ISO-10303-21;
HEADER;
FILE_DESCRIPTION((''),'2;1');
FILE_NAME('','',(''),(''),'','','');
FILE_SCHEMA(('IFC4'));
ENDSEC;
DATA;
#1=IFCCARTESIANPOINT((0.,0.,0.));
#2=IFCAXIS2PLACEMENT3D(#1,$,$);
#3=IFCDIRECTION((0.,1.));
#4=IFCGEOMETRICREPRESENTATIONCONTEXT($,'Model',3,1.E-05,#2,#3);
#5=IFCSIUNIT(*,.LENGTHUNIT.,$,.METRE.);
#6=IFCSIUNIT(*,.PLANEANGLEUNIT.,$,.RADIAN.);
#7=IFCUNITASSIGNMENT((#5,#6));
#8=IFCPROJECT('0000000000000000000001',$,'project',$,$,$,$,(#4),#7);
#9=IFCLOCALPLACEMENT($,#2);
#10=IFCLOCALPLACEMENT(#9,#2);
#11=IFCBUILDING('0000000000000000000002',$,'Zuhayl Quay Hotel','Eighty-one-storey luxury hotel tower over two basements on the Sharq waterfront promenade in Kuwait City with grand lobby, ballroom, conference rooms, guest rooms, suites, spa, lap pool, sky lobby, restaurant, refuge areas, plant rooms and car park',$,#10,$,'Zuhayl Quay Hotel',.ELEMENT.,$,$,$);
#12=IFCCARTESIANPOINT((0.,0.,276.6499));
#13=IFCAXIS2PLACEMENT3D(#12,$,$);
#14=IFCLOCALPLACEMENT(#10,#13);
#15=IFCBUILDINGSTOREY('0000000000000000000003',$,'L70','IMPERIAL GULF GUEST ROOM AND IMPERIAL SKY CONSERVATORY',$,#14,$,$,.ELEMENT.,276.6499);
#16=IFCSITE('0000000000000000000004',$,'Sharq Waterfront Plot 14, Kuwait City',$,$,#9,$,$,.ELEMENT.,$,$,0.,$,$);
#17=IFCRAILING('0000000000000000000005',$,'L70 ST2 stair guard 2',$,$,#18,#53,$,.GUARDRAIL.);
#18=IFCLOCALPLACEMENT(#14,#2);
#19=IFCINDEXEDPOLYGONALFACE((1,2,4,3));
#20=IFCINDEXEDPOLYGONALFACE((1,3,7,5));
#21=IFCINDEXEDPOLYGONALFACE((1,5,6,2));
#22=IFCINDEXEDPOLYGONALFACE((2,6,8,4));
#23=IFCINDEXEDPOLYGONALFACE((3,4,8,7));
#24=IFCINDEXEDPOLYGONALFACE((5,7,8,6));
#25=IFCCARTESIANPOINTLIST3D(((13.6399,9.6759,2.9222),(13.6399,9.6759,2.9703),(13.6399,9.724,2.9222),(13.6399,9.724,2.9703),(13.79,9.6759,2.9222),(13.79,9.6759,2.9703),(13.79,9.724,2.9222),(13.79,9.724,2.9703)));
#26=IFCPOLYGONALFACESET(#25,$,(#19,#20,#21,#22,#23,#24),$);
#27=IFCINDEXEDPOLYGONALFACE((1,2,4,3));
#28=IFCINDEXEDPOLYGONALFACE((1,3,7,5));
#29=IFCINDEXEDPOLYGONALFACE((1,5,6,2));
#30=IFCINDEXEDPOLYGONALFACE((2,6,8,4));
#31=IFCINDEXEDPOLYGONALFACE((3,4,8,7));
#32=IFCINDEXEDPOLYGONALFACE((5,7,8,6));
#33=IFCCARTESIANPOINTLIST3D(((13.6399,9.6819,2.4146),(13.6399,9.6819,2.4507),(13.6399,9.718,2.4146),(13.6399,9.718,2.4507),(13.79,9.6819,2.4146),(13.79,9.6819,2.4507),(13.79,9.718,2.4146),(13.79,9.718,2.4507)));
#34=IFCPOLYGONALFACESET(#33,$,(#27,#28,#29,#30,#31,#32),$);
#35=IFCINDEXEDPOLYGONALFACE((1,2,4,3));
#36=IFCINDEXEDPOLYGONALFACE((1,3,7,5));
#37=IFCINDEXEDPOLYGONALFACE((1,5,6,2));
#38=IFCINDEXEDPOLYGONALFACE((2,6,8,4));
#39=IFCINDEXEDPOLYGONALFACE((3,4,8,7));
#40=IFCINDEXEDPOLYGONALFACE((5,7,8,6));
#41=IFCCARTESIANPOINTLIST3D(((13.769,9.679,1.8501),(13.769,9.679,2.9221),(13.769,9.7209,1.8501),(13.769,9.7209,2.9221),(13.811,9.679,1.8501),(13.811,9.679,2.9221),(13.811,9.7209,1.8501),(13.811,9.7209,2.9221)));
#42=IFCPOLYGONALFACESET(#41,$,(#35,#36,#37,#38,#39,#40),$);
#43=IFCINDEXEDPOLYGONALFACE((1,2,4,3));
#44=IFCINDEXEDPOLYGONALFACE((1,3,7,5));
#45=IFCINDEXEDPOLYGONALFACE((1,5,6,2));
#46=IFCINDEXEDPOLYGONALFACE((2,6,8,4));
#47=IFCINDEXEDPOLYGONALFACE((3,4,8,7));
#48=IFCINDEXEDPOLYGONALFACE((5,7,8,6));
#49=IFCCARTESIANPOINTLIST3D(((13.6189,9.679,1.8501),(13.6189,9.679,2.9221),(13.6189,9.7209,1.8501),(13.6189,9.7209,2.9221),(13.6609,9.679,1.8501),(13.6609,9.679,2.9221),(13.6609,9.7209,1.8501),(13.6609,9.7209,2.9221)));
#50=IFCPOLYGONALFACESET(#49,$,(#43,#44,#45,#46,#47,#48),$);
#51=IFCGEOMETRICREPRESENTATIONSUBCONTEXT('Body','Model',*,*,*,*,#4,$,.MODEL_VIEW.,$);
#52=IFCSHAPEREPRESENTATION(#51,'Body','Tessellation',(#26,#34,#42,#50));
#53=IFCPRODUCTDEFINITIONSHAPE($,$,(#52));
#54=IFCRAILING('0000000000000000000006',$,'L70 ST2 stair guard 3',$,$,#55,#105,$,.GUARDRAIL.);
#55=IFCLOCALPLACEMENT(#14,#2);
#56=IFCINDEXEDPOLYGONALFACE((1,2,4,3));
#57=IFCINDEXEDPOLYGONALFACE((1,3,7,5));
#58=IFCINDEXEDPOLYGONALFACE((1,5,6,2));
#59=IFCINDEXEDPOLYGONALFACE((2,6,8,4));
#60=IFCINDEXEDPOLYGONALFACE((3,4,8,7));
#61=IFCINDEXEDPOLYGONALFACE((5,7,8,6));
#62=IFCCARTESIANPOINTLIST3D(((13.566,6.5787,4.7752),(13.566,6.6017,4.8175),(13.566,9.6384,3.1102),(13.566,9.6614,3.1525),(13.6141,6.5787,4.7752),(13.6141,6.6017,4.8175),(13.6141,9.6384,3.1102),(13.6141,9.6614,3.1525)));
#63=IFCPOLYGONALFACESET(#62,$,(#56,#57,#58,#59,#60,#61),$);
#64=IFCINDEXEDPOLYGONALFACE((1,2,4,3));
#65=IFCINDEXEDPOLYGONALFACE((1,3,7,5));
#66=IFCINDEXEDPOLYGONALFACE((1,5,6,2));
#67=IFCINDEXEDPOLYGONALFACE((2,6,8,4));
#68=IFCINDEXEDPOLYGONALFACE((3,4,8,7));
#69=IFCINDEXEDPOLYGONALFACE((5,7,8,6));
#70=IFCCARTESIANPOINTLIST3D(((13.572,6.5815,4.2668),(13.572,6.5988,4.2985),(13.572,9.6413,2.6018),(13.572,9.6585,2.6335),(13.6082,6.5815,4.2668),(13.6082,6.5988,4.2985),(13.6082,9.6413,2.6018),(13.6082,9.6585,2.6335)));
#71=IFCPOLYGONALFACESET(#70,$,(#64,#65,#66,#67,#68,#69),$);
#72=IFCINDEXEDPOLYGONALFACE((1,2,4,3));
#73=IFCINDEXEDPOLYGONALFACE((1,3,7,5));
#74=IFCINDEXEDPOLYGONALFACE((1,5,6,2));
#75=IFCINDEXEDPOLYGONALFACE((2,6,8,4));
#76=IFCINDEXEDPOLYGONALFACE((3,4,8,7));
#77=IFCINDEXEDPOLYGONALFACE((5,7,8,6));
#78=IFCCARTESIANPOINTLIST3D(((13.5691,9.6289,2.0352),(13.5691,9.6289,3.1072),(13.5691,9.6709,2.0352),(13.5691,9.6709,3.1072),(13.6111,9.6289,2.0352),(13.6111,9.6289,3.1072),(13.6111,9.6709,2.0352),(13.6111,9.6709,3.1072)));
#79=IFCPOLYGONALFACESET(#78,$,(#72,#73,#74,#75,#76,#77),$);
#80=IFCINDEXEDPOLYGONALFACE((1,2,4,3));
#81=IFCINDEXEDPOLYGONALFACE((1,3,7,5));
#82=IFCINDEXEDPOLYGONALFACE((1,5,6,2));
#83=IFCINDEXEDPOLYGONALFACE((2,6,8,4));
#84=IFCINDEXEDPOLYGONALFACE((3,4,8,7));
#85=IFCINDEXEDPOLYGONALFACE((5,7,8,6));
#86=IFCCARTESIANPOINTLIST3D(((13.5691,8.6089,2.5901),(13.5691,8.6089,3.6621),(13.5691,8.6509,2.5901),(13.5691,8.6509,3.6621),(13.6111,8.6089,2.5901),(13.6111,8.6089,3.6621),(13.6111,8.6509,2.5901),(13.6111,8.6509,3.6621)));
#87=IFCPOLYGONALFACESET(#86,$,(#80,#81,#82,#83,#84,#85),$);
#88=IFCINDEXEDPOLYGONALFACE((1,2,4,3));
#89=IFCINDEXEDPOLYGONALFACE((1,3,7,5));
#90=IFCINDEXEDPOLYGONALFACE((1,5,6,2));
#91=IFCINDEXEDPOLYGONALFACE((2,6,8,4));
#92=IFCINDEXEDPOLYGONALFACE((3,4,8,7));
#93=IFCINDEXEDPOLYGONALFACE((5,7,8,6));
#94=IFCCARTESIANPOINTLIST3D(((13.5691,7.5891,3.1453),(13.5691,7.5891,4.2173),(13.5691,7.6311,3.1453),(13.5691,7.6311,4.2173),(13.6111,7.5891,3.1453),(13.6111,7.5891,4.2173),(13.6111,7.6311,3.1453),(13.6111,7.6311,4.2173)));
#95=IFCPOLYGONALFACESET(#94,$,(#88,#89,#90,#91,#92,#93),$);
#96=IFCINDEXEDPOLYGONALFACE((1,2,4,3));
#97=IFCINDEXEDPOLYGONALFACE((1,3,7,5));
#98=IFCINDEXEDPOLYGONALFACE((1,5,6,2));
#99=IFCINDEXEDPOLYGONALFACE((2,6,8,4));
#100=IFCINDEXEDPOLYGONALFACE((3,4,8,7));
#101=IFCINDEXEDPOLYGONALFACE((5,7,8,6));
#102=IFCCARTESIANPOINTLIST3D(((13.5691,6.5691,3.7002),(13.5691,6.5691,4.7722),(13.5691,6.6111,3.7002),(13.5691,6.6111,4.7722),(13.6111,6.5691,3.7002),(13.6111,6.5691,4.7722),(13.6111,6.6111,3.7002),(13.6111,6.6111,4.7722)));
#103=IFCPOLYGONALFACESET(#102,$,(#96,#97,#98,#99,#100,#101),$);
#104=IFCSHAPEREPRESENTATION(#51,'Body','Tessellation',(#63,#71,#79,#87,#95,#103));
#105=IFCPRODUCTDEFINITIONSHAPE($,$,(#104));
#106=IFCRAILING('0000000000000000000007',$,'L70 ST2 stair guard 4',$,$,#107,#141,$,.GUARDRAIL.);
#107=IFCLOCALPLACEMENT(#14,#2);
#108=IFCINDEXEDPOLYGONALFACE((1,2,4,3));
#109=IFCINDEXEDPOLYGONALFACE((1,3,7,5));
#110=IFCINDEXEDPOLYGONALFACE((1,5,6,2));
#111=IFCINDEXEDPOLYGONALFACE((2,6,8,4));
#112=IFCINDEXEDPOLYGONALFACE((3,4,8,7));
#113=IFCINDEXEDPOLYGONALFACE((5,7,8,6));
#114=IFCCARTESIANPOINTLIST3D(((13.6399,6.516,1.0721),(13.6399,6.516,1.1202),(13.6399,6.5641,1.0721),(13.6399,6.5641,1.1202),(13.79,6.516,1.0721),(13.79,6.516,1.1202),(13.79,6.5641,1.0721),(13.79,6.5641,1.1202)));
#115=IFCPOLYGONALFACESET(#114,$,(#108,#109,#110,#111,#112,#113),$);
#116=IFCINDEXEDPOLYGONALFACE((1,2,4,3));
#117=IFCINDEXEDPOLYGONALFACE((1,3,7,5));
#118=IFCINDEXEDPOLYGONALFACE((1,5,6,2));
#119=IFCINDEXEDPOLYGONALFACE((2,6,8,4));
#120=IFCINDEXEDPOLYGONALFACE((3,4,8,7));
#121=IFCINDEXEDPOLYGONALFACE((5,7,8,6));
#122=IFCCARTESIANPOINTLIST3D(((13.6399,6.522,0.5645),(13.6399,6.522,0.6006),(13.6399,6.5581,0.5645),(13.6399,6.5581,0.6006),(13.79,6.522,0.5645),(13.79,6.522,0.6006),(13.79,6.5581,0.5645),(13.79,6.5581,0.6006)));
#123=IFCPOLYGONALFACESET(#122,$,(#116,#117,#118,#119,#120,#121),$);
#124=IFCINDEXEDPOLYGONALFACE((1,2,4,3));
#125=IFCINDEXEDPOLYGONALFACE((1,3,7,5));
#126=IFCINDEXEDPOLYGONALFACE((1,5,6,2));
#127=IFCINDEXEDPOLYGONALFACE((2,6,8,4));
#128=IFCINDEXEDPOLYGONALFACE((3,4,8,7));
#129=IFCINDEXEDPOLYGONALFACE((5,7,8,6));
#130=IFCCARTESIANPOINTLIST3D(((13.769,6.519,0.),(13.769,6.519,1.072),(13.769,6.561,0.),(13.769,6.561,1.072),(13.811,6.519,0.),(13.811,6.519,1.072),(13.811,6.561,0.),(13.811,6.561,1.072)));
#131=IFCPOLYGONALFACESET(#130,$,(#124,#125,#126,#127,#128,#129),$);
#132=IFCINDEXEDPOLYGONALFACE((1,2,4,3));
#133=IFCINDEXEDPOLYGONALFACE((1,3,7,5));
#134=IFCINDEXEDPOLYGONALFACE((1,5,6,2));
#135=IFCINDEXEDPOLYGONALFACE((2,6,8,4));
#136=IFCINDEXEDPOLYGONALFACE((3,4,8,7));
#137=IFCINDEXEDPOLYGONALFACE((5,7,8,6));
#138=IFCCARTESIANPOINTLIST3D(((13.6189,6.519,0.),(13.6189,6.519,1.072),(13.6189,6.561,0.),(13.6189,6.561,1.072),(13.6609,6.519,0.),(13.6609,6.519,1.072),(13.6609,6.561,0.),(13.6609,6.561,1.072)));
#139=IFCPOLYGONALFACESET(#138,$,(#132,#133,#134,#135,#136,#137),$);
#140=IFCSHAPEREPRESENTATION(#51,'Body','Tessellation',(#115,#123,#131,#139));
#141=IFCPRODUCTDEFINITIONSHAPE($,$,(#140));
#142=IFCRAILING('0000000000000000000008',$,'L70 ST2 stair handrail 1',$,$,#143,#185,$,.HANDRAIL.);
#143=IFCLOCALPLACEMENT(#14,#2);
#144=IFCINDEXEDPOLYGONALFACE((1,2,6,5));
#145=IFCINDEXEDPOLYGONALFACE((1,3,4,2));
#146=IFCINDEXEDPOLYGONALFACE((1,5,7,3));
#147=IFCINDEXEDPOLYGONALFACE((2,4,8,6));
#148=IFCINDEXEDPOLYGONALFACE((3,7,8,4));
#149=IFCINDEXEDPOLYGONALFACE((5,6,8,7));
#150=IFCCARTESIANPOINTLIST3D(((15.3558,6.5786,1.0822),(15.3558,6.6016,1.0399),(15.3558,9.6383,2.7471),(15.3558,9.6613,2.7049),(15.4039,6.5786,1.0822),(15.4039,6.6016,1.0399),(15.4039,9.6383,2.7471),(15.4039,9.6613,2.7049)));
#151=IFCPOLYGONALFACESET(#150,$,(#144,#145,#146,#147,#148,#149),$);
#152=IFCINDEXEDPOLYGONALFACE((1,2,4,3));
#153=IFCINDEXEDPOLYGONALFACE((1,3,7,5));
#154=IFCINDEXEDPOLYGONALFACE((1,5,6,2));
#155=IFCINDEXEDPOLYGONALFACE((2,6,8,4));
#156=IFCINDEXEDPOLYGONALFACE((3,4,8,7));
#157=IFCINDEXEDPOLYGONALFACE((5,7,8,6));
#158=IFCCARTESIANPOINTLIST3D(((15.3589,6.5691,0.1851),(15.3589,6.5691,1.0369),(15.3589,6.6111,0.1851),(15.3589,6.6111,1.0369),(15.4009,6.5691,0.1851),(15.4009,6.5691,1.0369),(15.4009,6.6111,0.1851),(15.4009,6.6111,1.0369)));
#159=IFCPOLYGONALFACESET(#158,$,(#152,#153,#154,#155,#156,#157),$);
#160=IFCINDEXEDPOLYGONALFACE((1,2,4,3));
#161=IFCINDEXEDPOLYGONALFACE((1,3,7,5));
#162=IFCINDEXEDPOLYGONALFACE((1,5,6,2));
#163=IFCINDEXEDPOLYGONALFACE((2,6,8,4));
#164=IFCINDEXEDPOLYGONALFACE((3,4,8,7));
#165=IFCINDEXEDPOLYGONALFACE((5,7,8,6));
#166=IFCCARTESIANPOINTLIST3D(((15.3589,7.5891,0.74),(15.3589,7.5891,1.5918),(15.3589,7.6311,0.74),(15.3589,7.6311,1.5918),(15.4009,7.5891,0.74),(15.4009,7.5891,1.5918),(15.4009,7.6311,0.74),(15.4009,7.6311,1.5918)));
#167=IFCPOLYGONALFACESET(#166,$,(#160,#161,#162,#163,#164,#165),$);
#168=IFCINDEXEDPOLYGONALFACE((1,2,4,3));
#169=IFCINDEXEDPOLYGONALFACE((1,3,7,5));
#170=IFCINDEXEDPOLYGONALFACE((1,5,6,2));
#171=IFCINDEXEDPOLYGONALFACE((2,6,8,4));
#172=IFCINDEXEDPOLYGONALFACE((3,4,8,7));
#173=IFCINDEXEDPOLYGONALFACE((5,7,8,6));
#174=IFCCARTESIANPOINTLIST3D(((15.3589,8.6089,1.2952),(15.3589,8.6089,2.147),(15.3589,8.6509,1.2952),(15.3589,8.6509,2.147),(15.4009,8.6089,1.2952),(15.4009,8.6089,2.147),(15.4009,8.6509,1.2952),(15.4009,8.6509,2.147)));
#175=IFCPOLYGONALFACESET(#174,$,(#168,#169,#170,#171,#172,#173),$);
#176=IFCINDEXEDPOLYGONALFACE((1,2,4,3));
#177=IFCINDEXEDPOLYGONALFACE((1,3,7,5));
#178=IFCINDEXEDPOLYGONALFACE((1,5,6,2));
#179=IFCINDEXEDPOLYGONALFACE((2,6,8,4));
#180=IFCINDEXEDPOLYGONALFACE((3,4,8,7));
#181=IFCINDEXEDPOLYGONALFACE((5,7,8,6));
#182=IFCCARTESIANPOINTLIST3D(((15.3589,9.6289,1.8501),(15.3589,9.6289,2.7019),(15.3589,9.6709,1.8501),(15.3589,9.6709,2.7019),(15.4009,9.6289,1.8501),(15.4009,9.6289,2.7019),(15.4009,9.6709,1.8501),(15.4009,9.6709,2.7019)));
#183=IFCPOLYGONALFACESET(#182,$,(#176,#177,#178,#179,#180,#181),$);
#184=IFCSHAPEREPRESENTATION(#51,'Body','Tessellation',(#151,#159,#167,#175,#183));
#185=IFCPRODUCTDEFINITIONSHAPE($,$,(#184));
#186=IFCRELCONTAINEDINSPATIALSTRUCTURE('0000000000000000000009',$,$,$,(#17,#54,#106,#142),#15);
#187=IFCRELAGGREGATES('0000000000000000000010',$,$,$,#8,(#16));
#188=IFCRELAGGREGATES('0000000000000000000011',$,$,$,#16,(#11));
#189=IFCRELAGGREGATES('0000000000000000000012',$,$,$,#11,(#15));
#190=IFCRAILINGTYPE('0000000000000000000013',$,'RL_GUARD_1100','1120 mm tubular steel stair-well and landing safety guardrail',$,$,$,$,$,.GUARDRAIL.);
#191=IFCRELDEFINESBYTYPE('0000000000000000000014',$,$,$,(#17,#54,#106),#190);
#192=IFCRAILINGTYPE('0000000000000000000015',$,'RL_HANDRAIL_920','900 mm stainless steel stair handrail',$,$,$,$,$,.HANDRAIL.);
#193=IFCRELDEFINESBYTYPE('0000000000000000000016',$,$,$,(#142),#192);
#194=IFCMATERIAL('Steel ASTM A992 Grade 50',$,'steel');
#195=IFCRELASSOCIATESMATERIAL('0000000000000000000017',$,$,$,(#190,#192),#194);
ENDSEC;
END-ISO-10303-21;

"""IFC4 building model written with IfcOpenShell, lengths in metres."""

from ifc_helpers import new_model, si_unit, direction, frame, origin, origin_2d, place, context, subcontext, project, spatial, rectangle, extrude, material, type_object, element, save


model = new_model("IFC4")

# Units and contexts
model_context = context("Model", 3, precision=1e-05, world=origin(), true_north=direction((0.0, 1.0)))
body_context = subcontext(model_context, "Body", "Model", "MODEL_VIEW")
ifc_project = project(units=[si_unit("LENGTHUNIT", "METRE"), si_unit("PLANEANGLEUNIT", "RADIAN")], contexts=[model_context])

# Site, building, storey
site_placement = place(None, origin())
site = spatial("IfcSite", under=ifc_project, at=site_placement, Name="Sharq Waterfront Plot 14, Kuwait City", CompositionType="ELEMENT", RefElevation=0.0)
building_placement = place(site_placement, origin())
building = spatial("IfcBuilding", under=site, at=building_placement, Name="Zuhayl Quay Hotel", Description="Eighty-one-storey luxury hotel tower over two basements on the Sharq waterfront promenade in Kuwait City with grand lobby, ballroom, conference rooms, guest rooms, suites, spa, lap pool, sky lobby, restaurant, refuge areas, plant rooms and car park", LongName="Zuhayl Quay Hotel", CompositionType="ELEMENT")
storey_placement = place(building_placement, frame((0.0, 0.0, 276.6499)))
storey = spatial("IfcBuildingStorey", under=building, at=storey_placement, Name="L70", Description="IMPERIAL GULF GUEST ROOM AND IMPERIAL SKY CONSERVATORY", CompositionType="ELEMENT", Elevation=276.6499)

# Shared definitions
ifc_material_1 = material(Name="Steel ASTM A992 Grade 50", Category="steel")

# Railings
railing_type_1 = type_object("IfcRailingType", Name="RL_GUARD_1100", Description="1120 mm tubular steel stair-well and landing safety guardrail", PredefinedType="GUARDRAIL", material=ifc_material_1)
railing_1_placement = place(storey_placement, frame((13.79, 9.7, 1.8501)))
element("IfcRailing", 1, at=railing_1_placement, inside=storey, type_object=railing_type_1, Name="L70 ST2 stair guard 2", PredefinedType="GUARDRAIL", context=body_context, shape_type="SweptSolid", body=[
    extrude(rectangle(XDim=0.0481, YDim=0.0481, at=origin_2d()), frame((0.0, 0.0, 1.0962), z_axis=(-1.0, 0.0, 0.0), x_axis=(0.0, -1.0, 0.0)), (0.0, 0.0, 1.0), 0.1501),
    extrude(rectangle(XDim=0.0361, YDim=0.0361, at=origin_2d()), frame((0.0, 0.0, 0.5825), z_axis=(-1.0, 0.0, 0.0), x_axis=(0.0, -1.0, 0.0)), (0.0, 0.0, 1.0), 0.1501),
    extrude(rectangle(XDim=0.042, YDim=0.042, at=origin_2d()), origin(), (0.0, 0.0, 1.0), 1.072),
    extrude(rectangle(XDim=0.042, YDim=0.042, at=origin_2d()), frame((-0.1501, 0.0, 0.0)), (0.0, 0.0, 1.0), 1.072),
])
railing_2_placement = place(storey_placement, frame((13.5901, 9.6499, 2.0352)))
element("IfcRailing", 2, at=railing_2_placement, inside=storey, type_object=railing_type_1, Name="L70 ST2 stair guard 3", PredefinedType="GUARDRAIL", context=body_context, shape_type="SweptSolid", body=[
    extrude(rectangle(XDim=0.0481, YDim=0.0481, at=origin_2d()), frame((0.0, 0.0, 1.0962), z_axis=(0.0, -0.878372, 0.477978), x_axis=(1.0, 0.0, 0.0)), (0.0, 0.0, 1.0), 3.4834),
    extrude(rectangle(XDim=0.0361, YDim=0.0361, at=origin_2d()), frame((0.0, 0.0, 0.5825), z_axis=(0.0, -0.878372, 0.477978), x_axis=(1.0, 0.0, 0.0)), (0.0, 0.0, 1.0), 3.4834),
    extrude(rectangle(XDim=0.042, YDim=0.042, at=origin_2d()), origin(), (0.0, 0.0, 1.0), 1.072),
    extrude(rectangle(XDim=0.042, YDim=0.042, at=origin_2d()), frame((0.0, -1.02, 0.5549)), (0.0, 0.0, 1.0), 1.072),
    extrude(rectangle(XDim=0.042, YDim=0.042, at=origin_2d()), frame((0.0, -2.0398, 1.1101)), (0.0, 0.0, 1.0), 1.072),
    extrude(rectangle(XDim=0.042, YDim=0.042, at=origin_2d()), frame((0.0, -3.0598, 1.665)), (0.0, 0.0, 1.0), 1.072),
])
railing_3_placement = place(storey_placement, frame((13.79, 6.54, 0.0)))
element("IfcRailing", 3, at=railing_3_placement, inside=storey, type_object=railing_type_1, Name="L70 ST2 stair guard 4", PredefinedType="GUARDRAIL", context=body_context, shape_type="SweptSolid", body=[
    extrude(rectangle(XDim=0.0481, YDim=0.0481, at=origin_2d()), frame((0.0, 0.0, 1.0962), z_axis=(-1.0, 0.0, 0.0), x_axis=(0.0, -1.0, 0.0)), (0.0, 0.0, 1.0), 0.1501),
    extrude(rectangle(XDim=0.0361, YDim=0.0361, at=origin_2d()), frame((0.0, 0.0, 0.5825), z_axis=(-1.0, 0.0, 0.0), x_axis=(0.0, -1.0, 0.0)), (0.0, 0.0, 1.0), 0.1501),
    extrude(rectangle(XDim=0.042, YDim=0.042, at=origin_2d()), origin(), (0.0, 0.0, 1.0), 1.072),
    extrude(rectangle(XDim=0.042, YDim=0.042, at=origin_2d()), frame((-0.1501, 0.0, 0.0)), (0.0, 0.0, 1.0), 1.072),
])
railing_type_2 = type_object("IfcRailingType", Name="RL_HANDRAIL_920", Description="900 mm stainless steel stair handrail", PredefinedType="HANDRAIL", material=ifc_material_1)
railing_4_placement = place(storey_placement, frame((15.3799, 6.5901, 0.1851)))
element("IfcRailing", 4, at=railing_4_placement, inside=storey, type_object=railing_type_2, Name="L70 ST2 stair handrail 1", PredefinedType="HANDRAIL", context=body_context, shape_type="SweptSolid", body=[
    extrude(rectangle(XDim=0.0481, YDim=0.0481, at=origin_2d()), frame((0.0, 0.0, 0.876), z_axis=(0.0, 0.878372, 0.477978), x_axis=(-1.0, 0.0, 0.0)), (0.0, 0.0, 1.0), 3.4834),
    extrude(rectangle(XDim=0.042, YDim=0.042, at=origin_2d()), origin(), (0.0, 0.0, 1.0), 0.8518),
    extrude(rectangle(XDim=0.042, YDim=0.042, at=origin_2d()), frame((0.0, 1.02, 0.5549)), (0.0, 0.0, 1.0), 0.8518),
    extrude(rectangle(XDim=0.042, YDim=0.042, at=origin_2d()), frame((0.0, 2.0398, 1.1101)), (0.0, 0.0, 1.0), 0.8518),
    extrude(rectangle(XDim=0.042, YDim=0.042, at=origin_2d()), frame((0.0, 3.0598, 1.665)), (0.0, 0.0, 1.0), 0.8518),
])

save(model, "model.ifc")
